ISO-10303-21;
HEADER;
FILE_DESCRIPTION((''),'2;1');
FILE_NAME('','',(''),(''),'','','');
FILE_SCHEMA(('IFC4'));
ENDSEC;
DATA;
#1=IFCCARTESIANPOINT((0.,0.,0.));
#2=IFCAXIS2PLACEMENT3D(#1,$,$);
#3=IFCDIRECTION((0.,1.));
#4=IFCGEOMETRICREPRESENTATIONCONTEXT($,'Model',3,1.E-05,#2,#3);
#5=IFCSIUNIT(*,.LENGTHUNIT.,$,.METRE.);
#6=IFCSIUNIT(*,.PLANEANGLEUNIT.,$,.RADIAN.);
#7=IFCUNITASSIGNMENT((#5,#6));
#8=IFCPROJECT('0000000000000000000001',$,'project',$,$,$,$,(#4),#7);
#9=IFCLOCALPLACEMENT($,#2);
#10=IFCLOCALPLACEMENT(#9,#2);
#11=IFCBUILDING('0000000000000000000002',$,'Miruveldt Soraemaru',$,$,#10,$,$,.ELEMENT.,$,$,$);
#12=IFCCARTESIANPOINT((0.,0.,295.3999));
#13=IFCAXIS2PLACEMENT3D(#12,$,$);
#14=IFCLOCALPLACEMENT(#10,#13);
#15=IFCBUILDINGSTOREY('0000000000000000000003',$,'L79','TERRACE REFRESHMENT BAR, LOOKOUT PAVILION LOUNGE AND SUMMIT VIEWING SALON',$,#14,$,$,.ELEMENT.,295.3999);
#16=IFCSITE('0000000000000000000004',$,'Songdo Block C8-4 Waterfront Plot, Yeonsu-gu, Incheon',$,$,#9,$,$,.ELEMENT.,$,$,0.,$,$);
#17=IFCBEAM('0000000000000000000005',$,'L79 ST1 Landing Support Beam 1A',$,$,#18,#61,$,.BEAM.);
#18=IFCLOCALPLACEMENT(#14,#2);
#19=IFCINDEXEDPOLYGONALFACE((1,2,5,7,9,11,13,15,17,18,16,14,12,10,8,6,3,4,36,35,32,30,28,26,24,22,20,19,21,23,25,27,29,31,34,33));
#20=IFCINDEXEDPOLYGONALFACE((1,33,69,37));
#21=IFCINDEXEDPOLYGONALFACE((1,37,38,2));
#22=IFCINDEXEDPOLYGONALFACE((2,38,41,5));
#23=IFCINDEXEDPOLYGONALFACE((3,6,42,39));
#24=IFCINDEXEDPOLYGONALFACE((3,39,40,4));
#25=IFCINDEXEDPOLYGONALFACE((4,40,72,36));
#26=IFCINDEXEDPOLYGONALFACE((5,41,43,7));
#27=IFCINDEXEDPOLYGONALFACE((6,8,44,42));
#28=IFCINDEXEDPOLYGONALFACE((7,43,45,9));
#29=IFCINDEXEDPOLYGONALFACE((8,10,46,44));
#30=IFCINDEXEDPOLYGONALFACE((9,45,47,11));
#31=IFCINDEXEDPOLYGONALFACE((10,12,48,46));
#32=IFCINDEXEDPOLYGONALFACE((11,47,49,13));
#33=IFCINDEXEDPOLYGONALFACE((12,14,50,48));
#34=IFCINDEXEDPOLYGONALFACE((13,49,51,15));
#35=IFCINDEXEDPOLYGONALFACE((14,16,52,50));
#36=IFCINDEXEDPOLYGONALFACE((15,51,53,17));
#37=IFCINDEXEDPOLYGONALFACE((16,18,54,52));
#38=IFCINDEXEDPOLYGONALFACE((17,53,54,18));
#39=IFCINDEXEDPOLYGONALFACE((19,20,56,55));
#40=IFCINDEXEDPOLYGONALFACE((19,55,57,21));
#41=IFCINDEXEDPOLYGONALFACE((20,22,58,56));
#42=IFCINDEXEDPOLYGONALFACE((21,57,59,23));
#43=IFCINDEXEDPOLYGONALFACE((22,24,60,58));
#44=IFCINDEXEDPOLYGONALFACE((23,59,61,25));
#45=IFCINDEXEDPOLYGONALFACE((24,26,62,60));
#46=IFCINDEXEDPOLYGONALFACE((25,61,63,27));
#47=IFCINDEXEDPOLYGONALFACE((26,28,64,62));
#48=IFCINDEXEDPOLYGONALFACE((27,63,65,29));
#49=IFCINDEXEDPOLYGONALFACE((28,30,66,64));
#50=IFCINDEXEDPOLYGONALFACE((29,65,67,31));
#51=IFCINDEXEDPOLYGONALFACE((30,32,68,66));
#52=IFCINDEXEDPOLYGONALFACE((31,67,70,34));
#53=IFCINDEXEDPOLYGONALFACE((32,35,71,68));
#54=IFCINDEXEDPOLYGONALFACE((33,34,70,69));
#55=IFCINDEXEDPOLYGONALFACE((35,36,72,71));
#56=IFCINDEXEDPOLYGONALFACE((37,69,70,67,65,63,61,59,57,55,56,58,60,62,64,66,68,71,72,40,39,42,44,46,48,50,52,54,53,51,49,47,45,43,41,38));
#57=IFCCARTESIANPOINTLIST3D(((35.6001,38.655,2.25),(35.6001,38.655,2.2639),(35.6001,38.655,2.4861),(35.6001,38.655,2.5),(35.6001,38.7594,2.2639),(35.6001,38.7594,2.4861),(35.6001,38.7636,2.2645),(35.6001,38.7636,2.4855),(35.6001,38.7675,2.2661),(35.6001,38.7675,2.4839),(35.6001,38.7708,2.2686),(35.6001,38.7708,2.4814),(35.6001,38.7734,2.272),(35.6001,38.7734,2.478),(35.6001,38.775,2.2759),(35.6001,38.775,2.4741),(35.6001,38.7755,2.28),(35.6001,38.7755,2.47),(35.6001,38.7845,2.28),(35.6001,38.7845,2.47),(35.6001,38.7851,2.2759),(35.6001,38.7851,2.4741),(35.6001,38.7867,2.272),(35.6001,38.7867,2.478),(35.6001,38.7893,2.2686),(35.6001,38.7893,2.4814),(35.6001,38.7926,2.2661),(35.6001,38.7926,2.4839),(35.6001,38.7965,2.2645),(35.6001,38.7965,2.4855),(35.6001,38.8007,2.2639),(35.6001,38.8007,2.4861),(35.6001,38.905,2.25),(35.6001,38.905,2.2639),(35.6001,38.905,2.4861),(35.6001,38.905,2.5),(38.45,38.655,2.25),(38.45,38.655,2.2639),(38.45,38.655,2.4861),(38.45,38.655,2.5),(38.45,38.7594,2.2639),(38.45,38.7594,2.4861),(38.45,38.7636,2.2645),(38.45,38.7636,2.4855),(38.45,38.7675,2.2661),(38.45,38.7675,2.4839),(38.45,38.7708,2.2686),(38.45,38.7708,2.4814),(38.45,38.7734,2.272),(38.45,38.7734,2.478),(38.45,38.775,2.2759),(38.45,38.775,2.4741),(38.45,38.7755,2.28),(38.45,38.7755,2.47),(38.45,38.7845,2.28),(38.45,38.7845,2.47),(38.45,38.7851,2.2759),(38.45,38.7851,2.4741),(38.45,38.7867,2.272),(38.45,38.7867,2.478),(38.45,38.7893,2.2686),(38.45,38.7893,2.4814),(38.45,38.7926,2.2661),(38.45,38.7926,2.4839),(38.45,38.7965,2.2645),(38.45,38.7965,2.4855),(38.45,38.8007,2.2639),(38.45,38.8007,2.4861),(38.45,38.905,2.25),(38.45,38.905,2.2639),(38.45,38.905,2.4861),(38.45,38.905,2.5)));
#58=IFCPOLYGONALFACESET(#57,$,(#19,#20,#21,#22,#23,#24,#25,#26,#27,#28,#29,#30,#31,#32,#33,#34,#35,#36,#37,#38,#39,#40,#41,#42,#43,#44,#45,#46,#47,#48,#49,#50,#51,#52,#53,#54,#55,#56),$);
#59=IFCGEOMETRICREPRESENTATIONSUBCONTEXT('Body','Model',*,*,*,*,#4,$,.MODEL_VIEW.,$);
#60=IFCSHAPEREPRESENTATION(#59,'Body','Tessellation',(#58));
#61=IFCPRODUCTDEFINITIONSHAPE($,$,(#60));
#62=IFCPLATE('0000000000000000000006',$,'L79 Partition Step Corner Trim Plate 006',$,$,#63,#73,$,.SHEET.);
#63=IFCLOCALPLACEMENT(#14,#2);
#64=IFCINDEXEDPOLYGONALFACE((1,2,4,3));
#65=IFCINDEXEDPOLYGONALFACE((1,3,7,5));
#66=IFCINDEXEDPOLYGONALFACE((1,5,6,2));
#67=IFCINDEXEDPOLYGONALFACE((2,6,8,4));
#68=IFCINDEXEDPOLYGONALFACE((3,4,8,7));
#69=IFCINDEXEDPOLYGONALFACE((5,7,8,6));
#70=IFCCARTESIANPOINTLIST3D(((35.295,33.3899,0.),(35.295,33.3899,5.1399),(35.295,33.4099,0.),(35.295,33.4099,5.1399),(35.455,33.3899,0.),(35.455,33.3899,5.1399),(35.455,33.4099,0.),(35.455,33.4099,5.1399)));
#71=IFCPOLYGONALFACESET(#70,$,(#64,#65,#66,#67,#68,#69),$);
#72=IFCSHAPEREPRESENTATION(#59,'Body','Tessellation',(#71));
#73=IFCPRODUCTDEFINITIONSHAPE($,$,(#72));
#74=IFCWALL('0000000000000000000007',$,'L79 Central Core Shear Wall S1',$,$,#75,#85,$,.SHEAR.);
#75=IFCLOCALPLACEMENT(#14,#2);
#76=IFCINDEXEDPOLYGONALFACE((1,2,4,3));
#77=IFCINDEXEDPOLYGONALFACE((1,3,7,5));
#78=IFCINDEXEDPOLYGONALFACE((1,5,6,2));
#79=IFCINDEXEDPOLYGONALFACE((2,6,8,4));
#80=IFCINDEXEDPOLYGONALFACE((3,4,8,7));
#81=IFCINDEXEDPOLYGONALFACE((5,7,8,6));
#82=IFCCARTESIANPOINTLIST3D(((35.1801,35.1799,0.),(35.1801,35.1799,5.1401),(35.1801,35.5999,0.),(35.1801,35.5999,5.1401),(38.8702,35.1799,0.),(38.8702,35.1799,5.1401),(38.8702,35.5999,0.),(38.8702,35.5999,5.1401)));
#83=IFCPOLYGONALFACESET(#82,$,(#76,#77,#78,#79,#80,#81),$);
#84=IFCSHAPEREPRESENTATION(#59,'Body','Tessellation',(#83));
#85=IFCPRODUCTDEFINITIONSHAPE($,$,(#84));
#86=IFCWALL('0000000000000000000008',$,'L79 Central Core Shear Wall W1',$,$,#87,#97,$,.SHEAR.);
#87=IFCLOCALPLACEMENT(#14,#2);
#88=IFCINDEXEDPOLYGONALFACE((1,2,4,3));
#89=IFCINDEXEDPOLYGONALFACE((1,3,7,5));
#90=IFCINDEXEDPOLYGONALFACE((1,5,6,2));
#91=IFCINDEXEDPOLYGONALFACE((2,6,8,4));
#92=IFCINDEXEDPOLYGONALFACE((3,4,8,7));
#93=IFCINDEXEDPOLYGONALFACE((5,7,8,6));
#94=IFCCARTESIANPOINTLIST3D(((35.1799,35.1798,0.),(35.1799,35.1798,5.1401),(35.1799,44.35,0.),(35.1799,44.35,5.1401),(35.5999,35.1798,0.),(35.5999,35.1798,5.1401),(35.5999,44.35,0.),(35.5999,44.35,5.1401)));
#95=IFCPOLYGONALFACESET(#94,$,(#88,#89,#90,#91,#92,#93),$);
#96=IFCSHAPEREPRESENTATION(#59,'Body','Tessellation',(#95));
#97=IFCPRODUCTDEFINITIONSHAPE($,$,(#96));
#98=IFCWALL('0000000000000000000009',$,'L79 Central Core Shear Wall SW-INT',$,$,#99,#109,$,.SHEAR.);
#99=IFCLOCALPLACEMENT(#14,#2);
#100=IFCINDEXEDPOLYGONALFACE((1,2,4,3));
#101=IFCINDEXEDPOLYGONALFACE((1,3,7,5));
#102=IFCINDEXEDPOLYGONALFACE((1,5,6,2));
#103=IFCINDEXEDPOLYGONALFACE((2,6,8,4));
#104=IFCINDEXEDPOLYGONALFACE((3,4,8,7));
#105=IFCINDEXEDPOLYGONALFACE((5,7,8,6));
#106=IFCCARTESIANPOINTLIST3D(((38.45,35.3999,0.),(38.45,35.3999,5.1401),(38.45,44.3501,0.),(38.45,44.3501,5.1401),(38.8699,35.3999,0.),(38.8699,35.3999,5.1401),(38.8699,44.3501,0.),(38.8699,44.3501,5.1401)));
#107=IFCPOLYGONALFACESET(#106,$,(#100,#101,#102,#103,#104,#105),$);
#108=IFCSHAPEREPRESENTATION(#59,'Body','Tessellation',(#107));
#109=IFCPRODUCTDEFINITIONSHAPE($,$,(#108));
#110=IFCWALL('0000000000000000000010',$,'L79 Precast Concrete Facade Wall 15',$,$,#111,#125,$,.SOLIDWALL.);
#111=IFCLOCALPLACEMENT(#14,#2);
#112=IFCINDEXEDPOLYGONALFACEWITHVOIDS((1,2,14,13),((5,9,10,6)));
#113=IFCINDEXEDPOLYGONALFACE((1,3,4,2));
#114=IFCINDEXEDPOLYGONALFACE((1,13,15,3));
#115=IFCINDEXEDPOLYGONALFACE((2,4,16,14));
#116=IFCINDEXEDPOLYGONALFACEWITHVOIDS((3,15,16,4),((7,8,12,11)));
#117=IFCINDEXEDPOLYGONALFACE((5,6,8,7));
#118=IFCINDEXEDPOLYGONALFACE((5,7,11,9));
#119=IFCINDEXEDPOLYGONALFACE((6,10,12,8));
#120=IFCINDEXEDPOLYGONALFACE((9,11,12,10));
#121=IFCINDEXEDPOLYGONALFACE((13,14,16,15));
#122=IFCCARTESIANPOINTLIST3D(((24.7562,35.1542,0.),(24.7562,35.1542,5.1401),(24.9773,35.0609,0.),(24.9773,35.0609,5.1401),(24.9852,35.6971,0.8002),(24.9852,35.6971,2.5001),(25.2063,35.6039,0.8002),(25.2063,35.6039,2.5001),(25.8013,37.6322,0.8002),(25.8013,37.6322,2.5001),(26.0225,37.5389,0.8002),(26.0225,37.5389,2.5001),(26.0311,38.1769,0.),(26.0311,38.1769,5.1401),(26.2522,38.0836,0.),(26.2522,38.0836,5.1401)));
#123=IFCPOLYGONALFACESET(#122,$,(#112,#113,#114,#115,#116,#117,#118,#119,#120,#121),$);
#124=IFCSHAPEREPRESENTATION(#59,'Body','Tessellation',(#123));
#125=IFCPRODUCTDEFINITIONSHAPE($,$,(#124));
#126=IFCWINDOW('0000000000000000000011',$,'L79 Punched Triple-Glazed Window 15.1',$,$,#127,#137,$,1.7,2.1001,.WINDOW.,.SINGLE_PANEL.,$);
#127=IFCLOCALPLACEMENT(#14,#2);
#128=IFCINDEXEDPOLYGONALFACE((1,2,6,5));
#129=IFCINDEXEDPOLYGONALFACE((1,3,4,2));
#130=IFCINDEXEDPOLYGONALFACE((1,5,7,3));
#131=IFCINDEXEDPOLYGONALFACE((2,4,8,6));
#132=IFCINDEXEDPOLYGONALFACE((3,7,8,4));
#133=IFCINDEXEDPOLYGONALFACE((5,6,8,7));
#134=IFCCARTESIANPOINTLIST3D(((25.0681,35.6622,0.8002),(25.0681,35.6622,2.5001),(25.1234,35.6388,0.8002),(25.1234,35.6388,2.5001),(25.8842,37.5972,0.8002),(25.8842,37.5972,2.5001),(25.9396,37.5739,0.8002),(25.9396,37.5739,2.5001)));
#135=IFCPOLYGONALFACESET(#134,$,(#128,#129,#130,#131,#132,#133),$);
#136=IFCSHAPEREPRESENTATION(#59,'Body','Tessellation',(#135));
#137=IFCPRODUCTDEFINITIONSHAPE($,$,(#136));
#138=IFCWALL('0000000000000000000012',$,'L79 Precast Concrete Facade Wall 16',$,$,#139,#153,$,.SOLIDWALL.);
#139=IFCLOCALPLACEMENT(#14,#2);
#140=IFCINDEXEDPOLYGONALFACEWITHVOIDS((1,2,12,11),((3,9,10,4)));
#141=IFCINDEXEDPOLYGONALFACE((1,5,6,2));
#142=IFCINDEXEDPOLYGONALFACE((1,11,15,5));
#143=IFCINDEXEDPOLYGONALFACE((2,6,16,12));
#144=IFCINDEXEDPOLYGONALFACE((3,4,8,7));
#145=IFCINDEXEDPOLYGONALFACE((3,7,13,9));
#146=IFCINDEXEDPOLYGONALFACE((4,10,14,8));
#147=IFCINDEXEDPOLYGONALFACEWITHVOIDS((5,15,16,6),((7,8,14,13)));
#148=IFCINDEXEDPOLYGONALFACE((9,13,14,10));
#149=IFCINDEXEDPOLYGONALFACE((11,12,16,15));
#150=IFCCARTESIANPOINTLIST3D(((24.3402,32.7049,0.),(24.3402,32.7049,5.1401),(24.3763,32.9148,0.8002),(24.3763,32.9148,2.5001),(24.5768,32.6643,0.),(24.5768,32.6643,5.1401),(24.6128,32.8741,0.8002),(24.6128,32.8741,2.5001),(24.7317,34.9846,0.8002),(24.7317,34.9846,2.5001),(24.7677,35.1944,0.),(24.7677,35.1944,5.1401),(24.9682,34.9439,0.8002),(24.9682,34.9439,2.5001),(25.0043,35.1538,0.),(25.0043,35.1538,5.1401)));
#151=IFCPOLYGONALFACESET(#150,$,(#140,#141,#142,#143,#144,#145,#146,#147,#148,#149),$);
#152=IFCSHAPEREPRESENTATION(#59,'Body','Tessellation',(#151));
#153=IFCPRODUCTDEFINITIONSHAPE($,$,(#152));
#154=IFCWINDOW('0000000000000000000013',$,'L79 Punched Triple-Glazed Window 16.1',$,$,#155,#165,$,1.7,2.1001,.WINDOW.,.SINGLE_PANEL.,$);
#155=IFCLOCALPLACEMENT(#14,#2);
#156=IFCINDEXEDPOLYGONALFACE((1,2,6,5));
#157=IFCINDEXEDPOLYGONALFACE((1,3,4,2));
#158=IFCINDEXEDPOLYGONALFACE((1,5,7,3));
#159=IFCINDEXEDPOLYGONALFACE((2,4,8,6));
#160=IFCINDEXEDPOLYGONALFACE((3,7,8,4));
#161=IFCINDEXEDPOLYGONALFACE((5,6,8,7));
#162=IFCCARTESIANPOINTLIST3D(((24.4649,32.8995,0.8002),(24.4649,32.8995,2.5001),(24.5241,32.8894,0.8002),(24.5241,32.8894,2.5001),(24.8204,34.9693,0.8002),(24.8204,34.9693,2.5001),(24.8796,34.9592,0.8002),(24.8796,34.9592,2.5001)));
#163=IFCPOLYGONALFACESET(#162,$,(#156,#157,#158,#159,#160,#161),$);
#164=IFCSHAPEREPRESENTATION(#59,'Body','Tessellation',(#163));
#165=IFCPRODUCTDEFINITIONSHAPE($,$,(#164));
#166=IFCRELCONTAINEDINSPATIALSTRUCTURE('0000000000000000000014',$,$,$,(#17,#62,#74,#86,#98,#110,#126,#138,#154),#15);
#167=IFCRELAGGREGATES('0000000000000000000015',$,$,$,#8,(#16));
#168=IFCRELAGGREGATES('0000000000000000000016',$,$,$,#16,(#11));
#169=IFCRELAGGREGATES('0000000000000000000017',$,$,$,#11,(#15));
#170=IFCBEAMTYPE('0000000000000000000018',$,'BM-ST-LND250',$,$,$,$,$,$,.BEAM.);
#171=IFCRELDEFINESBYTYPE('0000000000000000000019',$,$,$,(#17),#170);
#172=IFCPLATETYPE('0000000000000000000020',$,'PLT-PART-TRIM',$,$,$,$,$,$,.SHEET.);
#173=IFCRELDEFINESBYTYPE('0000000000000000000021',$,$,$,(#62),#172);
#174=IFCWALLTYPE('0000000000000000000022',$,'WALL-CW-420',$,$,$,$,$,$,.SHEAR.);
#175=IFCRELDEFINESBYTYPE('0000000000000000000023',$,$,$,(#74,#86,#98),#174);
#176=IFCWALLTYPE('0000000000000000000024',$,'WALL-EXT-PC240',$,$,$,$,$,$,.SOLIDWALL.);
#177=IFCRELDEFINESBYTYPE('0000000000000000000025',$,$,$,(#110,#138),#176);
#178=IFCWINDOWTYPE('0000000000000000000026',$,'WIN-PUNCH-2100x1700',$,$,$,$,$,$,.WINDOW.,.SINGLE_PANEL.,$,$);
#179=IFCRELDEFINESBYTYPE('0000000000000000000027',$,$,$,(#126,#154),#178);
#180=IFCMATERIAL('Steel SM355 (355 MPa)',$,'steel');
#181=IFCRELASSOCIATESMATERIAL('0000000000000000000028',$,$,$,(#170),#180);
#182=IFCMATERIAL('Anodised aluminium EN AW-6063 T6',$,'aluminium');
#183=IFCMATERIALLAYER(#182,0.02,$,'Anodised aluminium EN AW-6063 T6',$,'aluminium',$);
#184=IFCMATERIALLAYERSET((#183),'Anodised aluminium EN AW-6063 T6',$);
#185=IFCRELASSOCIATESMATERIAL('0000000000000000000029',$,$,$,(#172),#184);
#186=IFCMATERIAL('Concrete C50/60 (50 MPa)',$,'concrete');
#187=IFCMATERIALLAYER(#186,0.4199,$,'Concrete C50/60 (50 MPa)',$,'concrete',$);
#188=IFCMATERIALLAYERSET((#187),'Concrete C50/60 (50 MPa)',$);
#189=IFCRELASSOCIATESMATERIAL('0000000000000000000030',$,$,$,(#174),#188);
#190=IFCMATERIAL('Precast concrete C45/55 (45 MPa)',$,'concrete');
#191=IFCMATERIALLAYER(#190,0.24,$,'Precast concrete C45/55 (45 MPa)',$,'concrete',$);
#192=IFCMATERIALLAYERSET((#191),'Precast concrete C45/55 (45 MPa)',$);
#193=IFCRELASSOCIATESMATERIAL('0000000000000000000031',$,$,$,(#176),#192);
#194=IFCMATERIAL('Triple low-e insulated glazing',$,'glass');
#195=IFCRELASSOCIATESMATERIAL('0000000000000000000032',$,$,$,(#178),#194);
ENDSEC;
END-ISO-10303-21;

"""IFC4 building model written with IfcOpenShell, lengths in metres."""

from ifc_helpers import new_model, si_unit, direction, frame, frame_2d, origin, origin_2d, place, context, subcontext, project, spatial, rectangle, i_section, extrude, material, layer, layer_set, material_profile, profile_set, type_object, element, fill, save


model = new_model("IFC4")

# Units and contexts
model_context = context("Model", 3, precision=1e-05, world=origin(), true_north=direction((0.0, 1.0)))
body_context = subcontext(model_context, "Body", "Model", "MODEL_VIEW")
ifc_project = project(units=[si_unit("LENGTHUNIT", "METRE"), si_unit("PLANEANGLEUNIT", "RADIAN")], contexts=[model_context])

# Site, building, storey
site_placement = place(None, origin())
site = spatial("IfcSite", under=ifc_project, at=site_placement, Name="Songdo Block C8-4 Waterfront Plot, Yeonsu-gu, Incheon", CompositionType="ELEMENT", RefElevation=0.0)
building_placement = place(site_placement, origin())
building = spatial("IfcBuilding", under=site, at=building_placement, Name="Miruveldt Soraemaru", CompositionType="ELEMENT")
storey_placement = place(building_placement, frame((0.0, 0.0, 295.3999)))
storey = spatial("IfcBuildingStorey", under=building, at=storey_placement, Name="L79", Description="TERRACE REFRESHMENT BAR, LOOKOUT PAVILION LOUNGE AND SUMMIT VIEWING SALON", CompositionType="ELEMENT", Elevation=295.3999)

# Shared definitions
ifc_material_1 = material(Name="Concrete C50/60 (50 MPa)", Category="concrete")

# Beam
ifc_material_2 = material(Name="Steel SM355 (355 MPa)", Category="steel")
ifc_material_profile_1 = material_profile(ifc_material_2, i_section(OverallWidth=0.25, OverallDepth=0.25, WebThickness=0.009, FlangeThickness=0.0139, FilletRadius=0.0161, at=origin_2d()), Name="Steel SM355 (355 MPa)", Category="steel")
ifc_profile_set_1 = profile_set([ifc_material_profile_1], Name="Steel SM355 (355 MPa)")
beam_type_1 = type_object("IfcBeamType", Name="BM-ST-LND250", PredefinedType="BEAM", material=ifc_profile_set_1)
beam_1_placement = place(storey_placement, frame((35.6001, 38.78, 2.375), z_axis=(1.0, 0.0, 0.0), x_axis=(0.0, 1.0, 0.0)))
element("IfcBeam", 1, at=beam_1_placement, inside=storey, type_object=beam_type_1, Name="L79 ST1 Landing Support Beam 1A", PredefinedType="BEAM", context=body_context, shape_type="SweptSolid", body=[
    extrude(i_section(OverallWidth=0.25, OverallDepth=0.25, WebThickness=0.009, FlangeThickness=0.0139, FilletRadius=0.0161, at=origin_2d()), origin(), (0.0, 0.0, 1.0), 2.8499),
])

# Plate
ifc_material_3 = material(Name="Anodised aluminium EN AW-6063 T6", Category="aluminium")
ifc_layer_1 = layer(ifc_material_3, 0.02, Name="Anodised aluminium EN AW-6063 T6", Category="aluminium")
ifc_layer_set_1 = layer_set([ifc_layer_1], Name="Anodised aluminium EN AW-6063 T6")
plate_type = type_object("IfcPlateType", Name="PLT-PART-TRIM", PredefinedType="SHEET", material=ifc_layer_set_1)
plate_placement = place(storey_placement, frame((35.375, 33.3999, 0.0), z_axis=(0.0, 0.0, 1.0), x_axis=(1.0, 0.0, 0.0)))
element("IfcPlate", 2, at=plate_placement, inside=storey, type_object=plate_type, Name="L79 Partition Step Corner Trim Plate 006", PredefinedType="SHEET", context=body_context, shape_type="SweptSolid", body=[
    extrude(rectangle(XDim=0.1599, YDim=0.02, at=origin_2d()), origin(), (0.0, 0.0, 1.0), 5.1399),
])

# Walls
ifc_layer_2 = layer(ifc_material_1, 0.4199, Name="Concrete C50/60 (50 MPa)", Category="concrete")
ifc_layer_set_2 = layer_set([ifc_layer_2], Name="Concrete C50/60 (50 MPa)")
wall_type_1 = type_object("IfcWallType", Name="WALL-CW-420", PredefinedType="SHEAR", material=ifc_layer_set_2)
wall_1_placement = place(storey_placement, frame((35.1799, 35.3899, 0.0), z_axis=(0.0, 0.0, 1.0), x_axis=(1.0, 0.0, 0.0)))
element("IfcWall", 3, at=wall_1_placement, inside=storey, type_object=wall_type_1, Name="L79 Central Core Shear Wall S1", PredefinedType="SHEAR", context=body_context, shape_type="SweptSolid", body=[
    extrude(rectangle(XDim=3.6902, YDim=0.4199, at=frame_2d((1.8452, 0.0))), origin(), (0.0, 0.0, 1.0), 5.1401),
])
wall_2_placement = place(storey_placement, frame((35.3899, 35.1799, 0.0), z_axis=(0.0, 0.0, 1.0), x_axis=(0.0, 1.0, 0.0)))
element("IfcWall", 4, at=wall_2_placement, inside=storey, type_object=wall_type_1, Name="L79 Central Core Shear Wall W1", PredefinedType="SHEAR", context=body_context, shape_type="SweptSolid", body=[
    extrude(rectangle(XDim=9.1702, YDim=0.4199, at=frame_2d((4.585, 0.0))), origin(), (0.0, 0.0, 1.0), 5.1401),
])
wall_3_placement = place(storey_placement, frame((38.6599, 35.3999, 0.0), z_axis=(0.0, 0.0, 1.0), x_axis=(0.0, 1.0, 0.0)))
element("IfcWall", 5, at=wall_3_placement, inside=storey, type_object=wall_type_1, Name="L79 Central Core Shear Wall SW-INT", PredefinedType="SHEAR", context=body_context, shape_type="SweptSolid", body=[
    extrude(rectangle(XDim=8.9502, YDim=0.4199, at=frame_2d((4.4751, 0.0))), origin(), (0.0, 0.0, 1.0), 5.1401),
])

# Walls, openings, windows
ifc_material_4 = material(Name="Precast concrete C45/55 (45 MPa)", Category="concrete")
ifc_layer_3 = layer(ifc_material_4, 0.24, Name="Precast concrete C45/55 (45 MPa)", Category="concrete")
ifc_layer_set_3 = layer_set([ifc_layer_3], Name="Precast concrete C45/55 (45 MPa)")
wall_type_2 = type_object("IfcWallType", Name="WALL-EXT-PC240", PredefinedType="SOLIDWALL", material=ifc_layer_set_3)
wall_4_placement = place(storey_placement, frame((26.1416, 38.1301, 0.0), z_axis=(0.0, 0.0, 1.0), x_axis=(-0.388623, -0.921397, 0.0)))
wall_4 = element("IfcWall", 6, at=wall_4_placement, inside=storey, type_object=wall_type_2, Name="L79 Precast Concrete Facade Wall 15", PredefinedType="SOLIDWALL", context=body_context, shape_type="SweptSolid", body=[
    extrude(rectangle(XDim=3.2805, YDim=0.24, at=frame_2d((1.6401, 0.0))), origin(), (0.0, 0.0, 1.0), 5.1401),
])
opening_1_placement = place(wall_4_placement, frame((0.5911, 0.0, 0.8)))
opening_1 = element("IfcOpeningElement", 7, at=opening_1_placement, cuts=wall_4, PredefinedType="OPENING", context=body_context, shape_type="SweptSolid", body=[
    extrude(rectangle(XDim=2.1001, YDim=1.7, at=frame_2d((1.05, 0.8501))), frame((0.0, 0.1299, 0.0), z_axis=(0.0, -1.0, 0.0), x_axis=(1.0, 0.0, 0.0)), (0.0, 0.0, 1.0), 0.26),
])
ifc_material_5 = material(Name="Triple low-e insulated glazing", Category="glass")
window_type = type_object("IfcWindowType", Name="WIN-PUNCH-2100x1700", PartitioningType="SINGLE_PANEL", PredefinedType="WINDOW", material=ifc_material_5)
window_1_placement = place(opening_1_placement, origin())
window_1 = element("IfcWindow", 8, at=window_1_placement, inside=storey, type_object=window_type, Name="L79 Punched Triple-Glazed Window 15.1", OverallHeight=1.7, OverallWidth=2.1001, PartitioningType="SINGLE_PANEL", PredefinedType="WINDOW", context=body_context, shape_type="SweptSolid", body=[
    extrude(rectangle(XDim=2.1001, YDim=1.7, at=frame_2d((1.05, 0.8501))), frame((0.0, 0.03, 0.0), z_axis=(0.0, -1.0, 0.0), x_axis=(1.0, 0.0, 0.0)), (0.0, 0.0, 1.0), 0.0601),
])
fill(opening_1, window_1)
wall_5_placement = place(storey_placement, frame((24.886, 35.1741, 0.0), z_axis=(0.0, 0.0, 1.0), x_axis=(-0.16924, -0.985575, 0.0)))
wall_5 = element("IfcWall", 9, at=wall_5_placement, inside=storey, type_object=wall_type_2, Name="L79 Precast Concrete Facade Wall 16", PredefinedType="SOLIDWALL", context=body_context, shape_type="SweptSolid", body=[
    extrude(rectangle(XDim=2.5259, YDim=0.24, at=frame_2d((1.2629, 0.0))), origin(), (0.0, 0.0, 1.0), 5.1401),
])
opening_2_placement = place(wall_5_placement, frame((0.2129, 0.0, 0.8)))
opening_2 = element("IfcOpeningElement", 10, at=opening_2_placement, cuts=wall_5, PredefinedType="OPENING", context=body_context, shape_type="SweptSolid", body=[
    extrude(rectangle(XDim=2.1001, YDim=1.7, at=frame_2d((1.05, 0.8501))), frame((0.0, 0.1299, 0.0), z_axis=(0.0, -1.0, 0.0), x_axis=(1.0, 0.0, 0.0)), (0.0, 0.0, 1.0), 0.26),
])
window_2_placement = place(opening_2_placement, origin())
window_2 = element("IfcWindow", 11, at=window_2_placement, inside=storey, type_object=window_type, Name="L79 Punched Triple-Glazed Window 16.1", OverallHeight=1.7, OverallWidth=2.1001, PartitioningType="SINGLE_PANEL", PredefinedType="WINDOW", context=body_context, shape_type="SweptSolid", body=[
    extrude(rectangle(XDim=2.1001, YDim=1.7, at=frame_2d((1.05, 0.8501))), frame((0.0, 0.03, 0.0), z_axis=(0.0, -1.0, 0.0), x_axis=(1.0, 0.0, 0.0)), (0.0, 0.0, 1.0), 0.0601),
])
fill(opening_2, window_2)

save(model, "model.ifc")
